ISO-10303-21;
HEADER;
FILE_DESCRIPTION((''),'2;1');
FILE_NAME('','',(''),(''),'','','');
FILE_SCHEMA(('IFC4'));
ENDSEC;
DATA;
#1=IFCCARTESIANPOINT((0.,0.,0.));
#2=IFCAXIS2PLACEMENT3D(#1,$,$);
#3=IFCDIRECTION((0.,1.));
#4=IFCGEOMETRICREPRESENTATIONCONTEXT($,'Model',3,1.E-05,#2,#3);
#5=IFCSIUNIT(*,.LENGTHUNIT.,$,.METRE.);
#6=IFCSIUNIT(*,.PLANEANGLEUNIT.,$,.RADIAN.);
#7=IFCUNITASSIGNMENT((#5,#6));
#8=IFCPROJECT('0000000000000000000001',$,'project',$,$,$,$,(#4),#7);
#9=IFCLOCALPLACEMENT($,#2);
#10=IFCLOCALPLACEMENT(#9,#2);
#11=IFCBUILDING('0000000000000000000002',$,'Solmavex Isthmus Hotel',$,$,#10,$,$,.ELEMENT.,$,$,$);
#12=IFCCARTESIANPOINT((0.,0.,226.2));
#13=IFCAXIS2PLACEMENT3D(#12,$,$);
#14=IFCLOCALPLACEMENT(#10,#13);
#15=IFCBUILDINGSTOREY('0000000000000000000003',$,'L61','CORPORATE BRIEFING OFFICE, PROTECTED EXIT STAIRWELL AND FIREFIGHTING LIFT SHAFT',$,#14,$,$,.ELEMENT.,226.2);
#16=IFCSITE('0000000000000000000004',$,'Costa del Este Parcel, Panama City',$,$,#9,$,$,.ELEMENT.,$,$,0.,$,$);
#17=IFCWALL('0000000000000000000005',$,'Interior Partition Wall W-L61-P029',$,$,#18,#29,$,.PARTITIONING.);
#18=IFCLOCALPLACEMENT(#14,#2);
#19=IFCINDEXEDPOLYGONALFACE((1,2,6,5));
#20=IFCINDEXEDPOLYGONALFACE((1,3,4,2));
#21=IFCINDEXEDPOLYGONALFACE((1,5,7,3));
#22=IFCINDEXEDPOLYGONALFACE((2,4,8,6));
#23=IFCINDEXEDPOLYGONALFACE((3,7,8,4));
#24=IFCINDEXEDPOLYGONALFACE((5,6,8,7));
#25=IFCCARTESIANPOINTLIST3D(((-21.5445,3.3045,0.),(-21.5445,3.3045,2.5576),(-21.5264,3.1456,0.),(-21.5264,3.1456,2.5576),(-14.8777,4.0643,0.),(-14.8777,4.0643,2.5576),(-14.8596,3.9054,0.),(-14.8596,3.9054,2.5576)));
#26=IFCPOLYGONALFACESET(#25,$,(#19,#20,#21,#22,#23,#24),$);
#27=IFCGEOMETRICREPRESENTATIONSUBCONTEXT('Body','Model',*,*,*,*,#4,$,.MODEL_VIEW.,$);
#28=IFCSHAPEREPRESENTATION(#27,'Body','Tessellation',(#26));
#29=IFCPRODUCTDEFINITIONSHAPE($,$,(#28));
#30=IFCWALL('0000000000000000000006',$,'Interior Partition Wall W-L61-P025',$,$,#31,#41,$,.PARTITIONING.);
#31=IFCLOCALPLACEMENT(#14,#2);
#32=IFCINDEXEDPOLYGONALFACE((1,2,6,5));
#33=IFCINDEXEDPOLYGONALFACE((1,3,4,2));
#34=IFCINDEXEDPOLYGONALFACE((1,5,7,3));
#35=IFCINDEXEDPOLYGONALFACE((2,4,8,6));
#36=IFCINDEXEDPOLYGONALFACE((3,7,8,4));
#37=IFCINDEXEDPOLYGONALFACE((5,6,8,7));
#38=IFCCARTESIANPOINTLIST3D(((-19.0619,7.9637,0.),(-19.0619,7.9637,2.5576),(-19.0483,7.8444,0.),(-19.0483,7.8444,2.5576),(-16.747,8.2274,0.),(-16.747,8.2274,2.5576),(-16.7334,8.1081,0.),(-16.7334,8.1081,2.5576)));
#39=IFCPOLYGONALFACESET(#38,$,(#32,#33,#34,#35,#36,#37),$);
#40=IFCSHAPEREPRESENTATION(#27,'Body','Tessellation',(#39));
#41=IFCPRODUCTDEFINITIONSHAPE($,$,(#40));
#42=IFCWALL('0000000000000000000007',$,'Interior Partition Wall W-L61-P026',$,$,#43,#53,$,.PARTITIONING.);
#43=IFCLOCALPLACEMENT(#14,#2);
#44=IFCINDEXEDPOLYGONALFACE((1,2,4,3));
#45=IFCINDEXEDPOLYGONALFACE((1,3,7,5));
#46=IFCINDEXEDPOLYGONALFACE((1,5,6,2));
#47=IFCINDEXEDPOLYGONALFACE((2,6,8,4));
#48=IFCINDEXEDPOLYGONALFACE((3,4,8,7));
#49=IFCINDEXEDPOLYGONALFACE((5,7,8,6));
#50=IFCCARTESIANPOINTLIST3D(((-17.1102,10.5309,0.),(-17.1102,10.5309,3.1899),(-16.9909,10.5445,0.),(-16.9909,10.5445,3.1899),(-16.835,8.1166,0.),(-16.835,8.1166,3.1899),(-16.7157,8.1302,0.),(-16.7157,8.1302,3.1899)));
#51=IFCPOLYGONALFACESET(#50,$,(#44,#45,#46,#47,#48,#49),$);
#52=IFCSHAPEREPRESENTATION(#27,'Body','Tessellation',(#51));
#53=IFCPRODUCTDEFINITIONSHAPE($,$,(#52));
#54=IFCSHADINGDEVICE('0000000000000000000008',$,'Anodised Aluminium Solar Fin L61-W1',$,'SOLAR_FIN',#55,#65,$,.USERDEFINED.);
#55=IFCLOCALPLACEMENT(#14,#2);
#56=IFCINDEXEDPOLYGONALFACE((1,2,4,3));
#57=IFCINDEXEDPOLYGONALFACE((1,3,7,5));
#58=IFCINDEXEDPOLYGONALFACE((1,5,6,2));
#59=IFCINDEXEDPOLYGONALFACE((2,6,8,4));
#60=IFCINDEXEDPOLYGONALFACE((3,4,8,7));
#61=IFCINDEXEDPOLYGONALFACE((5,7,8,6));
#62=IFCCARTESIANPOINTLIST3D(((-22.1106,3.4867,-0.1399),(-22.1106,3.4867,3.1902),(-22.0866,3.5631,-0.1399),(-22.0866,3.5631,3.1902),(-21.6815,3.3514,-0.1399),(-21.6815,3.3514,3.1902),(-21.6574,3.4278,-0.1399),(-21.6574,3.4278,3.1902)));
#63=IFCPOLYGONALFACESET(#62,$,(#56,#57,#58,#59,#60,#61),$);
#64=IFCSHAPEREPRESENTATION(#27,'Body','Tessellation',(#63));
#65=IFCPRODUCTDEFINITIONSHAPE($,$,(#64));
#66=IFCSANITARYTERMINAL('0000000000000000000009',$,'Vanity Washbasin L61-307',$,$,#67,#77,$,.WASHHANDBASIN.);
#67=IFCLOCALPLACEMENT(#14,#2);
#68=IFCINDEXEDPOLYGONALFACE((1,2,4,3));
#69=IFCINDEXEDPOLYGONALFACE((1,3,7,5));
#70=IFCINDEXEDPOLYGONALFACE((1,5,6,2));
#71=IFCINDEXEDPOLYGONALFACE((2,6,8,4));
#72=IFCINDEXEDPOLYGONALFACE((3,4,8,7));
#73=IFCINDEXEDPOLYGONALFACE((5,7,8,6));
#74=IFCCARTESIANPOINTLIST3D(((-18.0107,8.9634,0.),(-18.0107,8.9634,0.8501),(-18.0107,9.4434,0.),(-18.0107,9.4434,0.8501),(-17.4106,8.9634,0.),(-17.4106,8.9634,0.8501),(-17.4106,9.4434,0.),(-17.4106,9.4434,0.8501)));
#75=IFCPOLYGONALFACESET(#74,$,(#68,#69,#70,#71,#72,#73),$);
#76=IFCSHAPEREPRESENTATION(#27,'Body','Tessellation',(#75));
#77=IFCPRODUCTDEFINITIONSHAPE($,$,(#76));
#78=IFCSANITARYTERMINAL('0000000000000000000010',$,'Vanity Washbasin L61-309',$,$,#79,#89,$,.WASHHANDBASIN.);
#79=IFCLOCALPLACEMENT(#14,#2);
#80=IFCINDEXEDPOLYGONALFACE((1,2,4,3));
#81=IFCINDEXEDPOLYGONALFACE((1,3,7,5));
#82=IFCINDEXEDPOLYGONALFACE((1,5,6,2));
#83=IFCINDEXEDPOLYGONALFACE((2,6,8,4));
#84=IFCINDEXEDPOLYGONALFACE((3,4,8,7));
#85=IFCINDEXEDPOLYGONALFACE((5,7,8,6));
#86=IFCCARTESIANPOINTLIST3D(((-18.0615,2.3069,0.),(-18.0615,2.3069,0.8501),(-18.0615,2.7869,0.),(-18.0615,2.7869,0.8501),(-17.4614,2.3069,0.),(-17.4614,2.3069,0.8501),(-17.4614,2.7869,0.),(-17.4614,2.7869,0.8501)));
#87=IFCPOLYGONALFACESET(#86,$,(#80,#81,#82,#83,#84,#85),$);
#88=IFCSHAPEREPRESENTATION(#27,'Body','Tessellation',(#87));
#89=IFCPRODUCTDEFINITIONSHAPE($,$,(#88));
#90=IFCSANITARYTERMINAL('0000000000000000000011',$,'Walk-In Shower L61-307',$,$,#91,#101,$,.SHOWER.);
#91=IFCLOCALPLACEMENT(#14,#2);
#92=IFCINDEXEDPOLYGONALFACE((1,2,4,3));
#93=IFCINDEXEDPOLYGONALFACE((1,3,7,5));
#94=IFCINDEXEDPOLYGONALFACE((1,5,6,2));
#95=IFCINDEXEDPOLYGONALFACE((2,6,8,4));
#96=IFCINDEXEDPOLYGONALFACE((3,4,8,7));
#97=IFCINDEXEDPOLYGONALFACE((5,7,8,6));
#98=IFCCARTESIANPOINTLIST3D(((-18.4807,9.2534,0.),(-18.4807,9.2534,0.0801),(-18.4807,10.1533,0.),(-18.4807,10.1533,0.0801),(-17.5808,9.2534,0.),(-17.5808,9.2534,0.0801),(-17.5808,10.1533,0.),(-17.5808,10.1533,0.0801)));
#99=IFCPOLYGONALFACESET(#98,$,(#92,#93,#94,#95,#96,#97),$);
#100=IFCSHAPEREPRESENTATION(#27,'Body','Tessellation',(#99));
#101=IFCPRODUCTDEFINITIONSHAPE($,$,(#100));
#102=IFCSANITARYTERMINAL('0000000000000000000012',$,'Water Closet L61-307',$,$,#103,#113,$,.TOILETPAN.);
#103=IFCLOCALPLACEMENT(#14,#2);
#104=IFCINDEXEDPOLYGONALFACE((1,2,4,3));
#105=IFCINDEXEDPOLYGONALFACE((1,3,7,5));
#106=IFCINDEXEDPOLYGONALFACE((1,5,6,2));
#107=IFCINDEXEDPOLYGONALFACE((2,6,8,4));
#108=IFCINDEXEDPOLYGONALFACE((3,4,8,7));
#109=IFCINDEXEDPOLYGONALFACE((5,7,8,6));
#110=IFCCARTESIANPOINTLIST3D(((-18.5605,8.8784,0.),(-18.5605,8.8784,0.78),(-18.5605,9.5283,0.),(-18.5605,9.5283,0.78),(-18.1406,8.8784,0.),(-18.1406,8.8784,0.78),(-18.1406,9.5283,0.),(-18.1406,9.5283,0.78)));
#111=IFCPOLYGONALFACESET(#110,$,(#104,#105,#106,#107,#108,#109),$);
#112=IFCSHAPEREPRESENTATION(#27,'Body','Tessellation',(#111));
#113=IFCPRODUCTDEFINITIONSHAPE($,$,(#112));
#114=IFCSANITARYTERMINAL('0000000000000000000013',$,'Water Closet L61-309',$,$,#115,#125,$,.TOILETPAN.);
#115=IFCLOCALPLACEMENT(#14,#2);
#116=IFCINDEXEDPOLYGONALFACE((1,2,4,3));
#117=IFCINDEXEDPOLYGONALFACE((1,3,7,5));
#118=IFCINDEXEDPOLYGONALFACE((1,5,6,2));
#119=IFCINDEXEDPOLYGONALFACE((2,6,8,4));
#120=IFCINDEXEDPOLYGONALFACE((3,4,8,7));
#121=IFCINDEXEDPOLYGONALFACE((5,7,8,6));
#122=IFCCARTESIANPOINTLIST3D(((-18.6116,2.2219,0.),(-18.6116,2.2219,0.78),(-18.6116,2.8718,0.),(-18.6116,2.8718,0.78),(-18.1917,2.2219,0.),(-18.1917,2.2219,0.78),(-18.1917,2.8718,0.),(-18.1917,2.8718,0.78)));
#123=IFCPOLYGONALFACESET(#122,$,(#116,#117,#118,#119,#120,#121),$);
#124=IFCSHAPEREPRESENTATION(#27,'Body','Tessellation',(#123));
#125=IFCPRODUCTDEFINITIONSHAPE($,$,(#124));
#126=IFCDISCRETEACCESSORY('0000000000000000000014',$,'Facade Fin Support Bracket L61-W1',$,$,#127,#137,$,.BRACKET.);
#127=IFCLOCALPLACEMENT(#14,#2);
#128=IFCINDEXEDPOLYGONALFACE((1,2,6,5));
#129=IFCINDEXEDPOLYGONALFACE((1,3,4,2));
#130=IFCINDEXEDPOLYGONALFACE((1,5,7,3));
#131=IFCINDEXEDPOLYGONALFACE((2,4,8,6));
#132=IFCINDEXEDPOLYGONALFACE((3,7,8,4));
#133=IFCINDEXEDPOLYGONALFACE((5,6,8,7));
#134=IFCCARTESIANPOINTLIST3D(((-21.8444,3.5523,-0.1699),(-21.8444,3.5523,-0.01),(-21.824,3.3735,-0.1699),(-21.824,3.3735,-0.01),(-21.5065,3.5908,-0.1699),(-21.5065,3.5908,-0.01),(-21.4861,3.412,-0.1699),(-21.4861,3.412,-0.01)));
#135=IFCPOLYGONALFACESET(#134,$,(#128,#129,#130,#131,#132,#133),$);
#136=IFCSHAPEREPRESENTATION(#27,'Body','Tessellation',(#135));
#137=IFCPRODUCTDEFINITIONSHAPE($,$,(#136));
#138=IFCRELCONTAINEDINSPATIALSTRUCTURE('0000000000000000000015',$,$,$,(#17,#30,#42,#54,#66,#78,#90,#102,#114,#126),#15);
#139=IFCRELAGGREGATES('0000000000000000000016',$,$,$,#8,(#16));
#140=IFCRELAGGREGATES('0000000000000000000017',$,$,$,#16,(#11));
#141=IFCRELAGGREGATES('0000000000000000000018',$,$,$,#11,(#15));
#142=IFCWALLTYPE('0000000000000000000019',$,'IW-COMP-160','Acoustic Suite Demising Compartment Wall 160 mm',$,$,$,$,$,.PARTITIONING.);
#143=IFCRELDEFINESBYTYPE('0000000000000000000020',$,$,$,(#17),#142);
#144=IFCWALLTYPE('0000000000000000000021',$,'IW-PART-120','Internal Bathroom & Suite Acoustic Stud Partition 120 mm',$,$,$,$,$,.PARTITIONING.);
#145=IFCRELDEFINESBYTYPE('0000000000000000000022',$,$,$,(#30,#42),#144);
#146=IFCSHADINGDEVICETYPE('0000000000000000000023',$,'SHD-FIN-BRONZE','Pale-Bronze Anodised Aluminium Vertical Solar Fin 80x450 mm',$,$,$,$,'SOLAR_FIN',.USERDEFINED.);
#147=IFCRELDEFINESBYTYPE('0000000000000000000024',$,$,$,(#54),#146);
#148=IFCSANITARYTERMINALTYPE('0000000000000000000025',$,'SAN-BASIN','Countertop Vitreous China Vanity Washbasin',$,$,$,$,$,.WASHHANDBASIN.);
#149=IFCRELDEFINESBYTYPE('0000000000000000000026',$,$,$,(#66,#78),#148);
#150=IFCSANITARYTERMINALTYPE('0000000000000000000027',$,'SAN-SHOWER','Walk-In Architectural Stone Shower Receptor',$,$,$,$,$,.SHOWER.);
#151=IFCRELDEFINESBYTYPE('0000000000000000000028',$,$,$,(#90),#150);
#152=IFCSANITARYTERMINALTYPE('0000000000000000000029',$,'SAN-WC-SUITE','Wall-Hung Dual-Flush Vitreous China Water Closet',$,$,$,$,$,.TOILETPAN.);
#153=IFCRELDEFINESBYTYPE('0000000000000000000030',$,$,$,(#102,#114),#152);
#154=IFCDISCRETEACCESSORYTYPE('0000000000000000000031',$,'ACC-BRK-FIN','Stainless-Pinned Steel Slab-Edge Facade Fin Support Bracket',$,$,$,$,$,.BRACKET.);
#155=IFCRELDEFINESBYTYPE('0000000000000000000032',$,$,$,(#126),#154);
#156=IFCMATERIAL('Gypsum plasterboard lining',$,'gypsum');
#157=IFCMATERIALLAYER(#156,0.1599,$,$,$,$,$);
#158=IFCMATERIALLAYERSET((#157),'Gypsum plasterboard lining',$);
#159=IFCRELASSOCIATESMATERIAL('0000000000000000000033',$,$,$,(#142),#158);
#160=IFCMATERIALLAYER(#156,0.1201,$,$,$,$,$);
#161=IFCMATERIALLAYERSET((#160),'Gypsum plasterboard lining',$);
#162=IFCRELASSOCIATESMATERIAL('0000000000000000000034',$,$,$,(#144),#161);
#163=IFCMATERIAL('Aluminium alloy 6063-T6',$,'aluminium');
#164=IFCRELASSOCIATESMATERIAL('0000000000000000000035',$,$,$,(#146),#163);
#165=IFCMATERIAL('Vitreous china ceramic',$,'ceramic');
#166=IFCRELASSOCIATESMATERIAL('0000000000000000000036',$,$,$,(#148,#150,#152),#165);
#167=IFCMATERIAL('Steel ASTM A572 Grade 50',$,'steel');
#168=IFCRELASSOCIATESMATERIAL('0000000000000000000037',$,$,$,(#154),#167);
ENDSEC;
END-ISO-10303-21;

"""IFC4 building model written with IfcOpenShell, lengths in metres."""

from ifc_helpers import new_model, si_unit, direction, frame, frame_2d, origin, origin_2d, place, context, subcontext, project, spatial, rectangle, extrude, material, layer, layer_set, type_object, element, save


model = new_model("IFC4")

# Units and contexts
model_context = context("Model", 3, precision=1e-05, world=origin(), true_north=direction((0.0, 1.0)))
body_context = subcontext(model_context, "Body", "Model", "MODEL_VIEW")
ifc_project = project(units=[si_unit("LENGTHUNIT", "METRE"), si_unit("PLANEANGLEUNIT", "RADIAN")], contexts=[model_context])

# Site, building, storey
site_placement = place(None, origin())
site = spatial("IfcSite", under=ifc_project, at=site_placement, Name="Costa del Este Parcel, Panama City", CompositionType="ELEMENT", RefElevation=0.0)
building_placement = place(site_placement, origin())
building = spatial("IfcBuilding", under=site, at=building_placement, Name="Solmavex Isthmus Hotel", CompositionType="ELEMENT")
storey_placement = place(building_placement, frame((0.0, 0.0, 226.2)))
storey = spatial("IfcBuildingStorey", under=building, at=storey_placement, Name="L61", Description="CORPORATE BRIEFING OFFICE, PROTECTED EXIT STAIRWELL AND FIREFIGHTING LIFT SHAFT", CompositionType="ELEMENT", Elevation=226.2)

# Shared definitions
ifc_material_1 = material(Name="Aluminium alloy 6063-T6", Category="aluminium")

# Shared definitions
ifc_material_2 = material(Name="Gypsum plasterboard lining", Category="gypsum")
ifc_layer_1 = layer(ifc_material_2, 0.1599)
ifc_layer_set_1 = layer_set([ifc_layer_1], Name="Gypsum plasterboard lining")
wall_type_1 = type_object("IfcWallType", Name="IW-COMP-160", Description="Acoustic Suite Demising Compartment Wall 160 mm", PredefinedType="PARTITIONING", material=ifc_layer_set_1)

# Wall
wall_1_placement = place(storey_placement, frame((-14.8687, 3.9849, 0.0), z_axis=(0.0, 0.0, 1.0), x_axis=(-0.993569, -0.113231, 0.0)))
element("IfcWall", 1, at=wall_1_placement, inside=storey, type_object=wall_type_1, Name="Interior Partition Wall W-L61-P029", PredefinedType="PARTITIONING", context=body_context, shape_type="SweptSolid", body=[
    extrude(rectangle(XDim=6.71, YDim=0.1599, at=frame_2d((3.355, 0.0))), origin(), (0.0, 0.0, 1.0), 2.5576),
])

# Walls
ifc_layer_2 = layer(ifc_material_2, 0.1201)
ifc_layer_set_2 = layer_set([ifc_layer_2], Name="Gypsum plasterboard lining")
wall_type_2 = type_object("IfcWallType", Name="IW-PART-120", Description="Internal Bathroom & Suite Acoustic Stud Partition 120 mm", PredefinedType="PARTITIONING", material=ifc_layer_set_2)
wall_2_placement = place(storey_placement, frame((-19.0552, 7.9041, 0.0), z_axis=(0.0, 0.0, 1.0), x_axis=(0.993576, 0.113168, 0.0)))
element("IfcWall", 2, at=wall_2_placement, inside=storey, type_object=wall_type_2, Name="Interior Partition Wall W-L61-P025", PredefinedType="PARTITIONING", context=body_context, shape_type="SweptSolid", body=[
    extrude(rectangle(XDim=2.3298, YDim=0.1201, at=frame_2d((1.165, 0.0))), origin(), (0.0, 0.0, 1.0), 2.5576),
])
wall_3_placement = place(storey_placement, frame((-16.7754, 8.1235, 0.0), z_axis=(0.0, 0.0, 1.0), x_axis=(-0.113232, 0.993569, 0.0)))
element("IfcWall", 3, at=wall_3_placement, inside=storey, type_object=wall_type_2, Name="Interior Partition Wall W-L61-P026", PredefinedType="PARTITIONING", context=body_context, shape_type="SweptSolid", body=[
    extrude(rectangle(XDim=2.4299, YDim=0.1201, at=frame_2d((1.2148, 0.0))), origin(), (0.0, 0.0, 1.0), 3.1899),
])

# Shading device
shading_device_type = type_object("IfcShadingDeviceType", Name="SHD-FIN-BRONZE", Description="Pale-Bronze Anodised Aluminium Vertical Solar Fin 80x450 mm", ElementType="SOLAR_FIN", PredefinedType="USERDEFINED", material=ifc_material_1)
shading_device_placement = place(storey_placement, frame((-21.884, 3.4573, -0.1399), z_axis=(0.0, 0.0, 1.0), x_axis=(-0.953717, 0.300706, 0.0)))
element("IfcShadingDevice", 4, at=shading_device_placement, inside=storey, type_object=shading_device_type, Name="Anodised Aluminium Solar Fin L61-W1", ObjectType="SOLAR_FIN", PredefinedType="USERDEFINED", context=body_context, shape_type="SweptSolid", body=[
    extrude(rectangle(XDim=0.45, YDim=0.0801, at=origin_2d()), origin(), (0.0, 0.0, 1.0), 3.3301),
])

# Sanitary terminals
ifc_material_3 = material(Name="Vitreous china ceramic", Category="ceramic")
sanitary_terminal_type_1 = type_object("IfcSanitaryTerminalType", Name="SAN-BASIN", Description="Countertop Vitreous China Vanity Washbasin", PredefinedType="WASHHANDBASIN", material=ifc_material_3)
for number, where, z_axis, x_axis, name in (
    (5, (-17.7107, 9.2034, 0.0), (0.0, 0.0, 1.0), (1.0, 0.0, 0.0), "Vanity Washbasin L61-307"),
    (6, (-17.7615, 2.5469, 0.0), (0.0, 0.0, 1.0), (1.0, 0.0, 0.0), "Vanity Washbasin L61-309"),
):
    element("IfcSanitaryTerminal", number, at=place(storey_placement, frame(where, z_axis=z_axis, x_axis=x_axis)), inside=storey, type_object=sanitary_terminal_type_1, Name=name, PredefinedType="WASHHANDBASIN", context=body_context, shape_type="SweptSolid", body=[
        extrude(rectangle(XDim=0.6001, YDim=0.48, at=origin_2d()), origin(), (0.0, 0.0, 1.0), 0.8501),
    ])
sanitary_terminal_type_2 = type_object("IfcSanitaryTerminalType", Name="SAN-SHOWER", Description="Walk-In Architectural Stone Shower Receptor", PredefinedType="SHOWER", material=ifc_material_3)
sanitary_terminal_placement = place(storey_placement, frame((-18.0308, 9.7034, 0.0), z_axis=(0.0, 0.0, 1.0), x_axis=(1.0, 0.0, 0.0)))
element("IfcSanitaryTerminal", 7, at=sanitary_terminal_placement, inside=storey, type_object=sanitary_terminal_type_2, Name="Walk-In Shower L61-307", PredefinedType="SHOWER", context=body_context, shape_type="SweptSolid", body=[
    extrude(rectangle(XDim=0.8999, YDim=0.8999, at=origin_2d()), origin(), (0.0, 0.0, 1.0), 0.0801),
])
sanitary_terminal_type_3 = type_object("IfcSanitaryTerminalType", Name="SAN-WC-SUITE", Description="Wall-Hung Dual-Flush Vitreous China Water Closet", PredefinedType="TOILETPAN", material=ifc_material_3)
for number, where, z_axis, x_axis, name in (
    (8, (-18.3506, 9.2034, 0.0), (0.0, 0.0, 1.0), (1.0, 0.0, 0.0), "Water Closet L61-307"),
    (9, (-18.4016, 2.5469, 0.0), (0.0, 0.0, 1.0), (1.0, 0.0, 0.0), "Water Closet L61-309"),
):
    element("IfcSanitaryTerminal", number, at=place(storey_placement, frame(where, z_axis=z_axis, x_axis=x_axis)), inside=storey, type_object=sanitary_terminal_type_3, Name=name, PredefinedType="TOILETPAN", context=body_context, shape_type="SweptSolid", body=[
        extrude(rectangle(XDim=0.4199, YDim=0.6499, at=origin_2d()), origin(), (0.0, 0.0, 1.0), 0.78),
    ])

# Discrete accessory
ifc_material_4 = material(Name="Steel ASTM A572 Grade 50", Category="steel")
discrete_accessory_type = type_object("IfcDiscreteAccessoryType", Name="ACC-BRK-FIN", Description="Stainless-Pinned Steel Slab-Edge Facade Fin Support Bracket", PredefinedType="BRACKET", material=ifc_material_4)
discrete_accessory_placement = place(storey_placement, frame((-21.6653, 3.4822, -0.1699), z_axis=(0.0, 0.0, 1.0), x_axis=(-0.993572, -0.113203, 0.0)))
element("IfcDiscreteAccessory", 10, at=discrete_accessory_placement, inside=storey, type_object=discrete_accessory_type, Name="Facade Fin Support Bracket L61-W1", PredefinedType="BRACKET", context=body_context, shape_type="SweptSolid", body=[
    extrude(rectangle(XDim=0.3401, YDim=0.1799, at=origin_2d()), origin(), (0.0, 0.0, 1.0), 0.1599),
])

save(model, "model.ifc")
